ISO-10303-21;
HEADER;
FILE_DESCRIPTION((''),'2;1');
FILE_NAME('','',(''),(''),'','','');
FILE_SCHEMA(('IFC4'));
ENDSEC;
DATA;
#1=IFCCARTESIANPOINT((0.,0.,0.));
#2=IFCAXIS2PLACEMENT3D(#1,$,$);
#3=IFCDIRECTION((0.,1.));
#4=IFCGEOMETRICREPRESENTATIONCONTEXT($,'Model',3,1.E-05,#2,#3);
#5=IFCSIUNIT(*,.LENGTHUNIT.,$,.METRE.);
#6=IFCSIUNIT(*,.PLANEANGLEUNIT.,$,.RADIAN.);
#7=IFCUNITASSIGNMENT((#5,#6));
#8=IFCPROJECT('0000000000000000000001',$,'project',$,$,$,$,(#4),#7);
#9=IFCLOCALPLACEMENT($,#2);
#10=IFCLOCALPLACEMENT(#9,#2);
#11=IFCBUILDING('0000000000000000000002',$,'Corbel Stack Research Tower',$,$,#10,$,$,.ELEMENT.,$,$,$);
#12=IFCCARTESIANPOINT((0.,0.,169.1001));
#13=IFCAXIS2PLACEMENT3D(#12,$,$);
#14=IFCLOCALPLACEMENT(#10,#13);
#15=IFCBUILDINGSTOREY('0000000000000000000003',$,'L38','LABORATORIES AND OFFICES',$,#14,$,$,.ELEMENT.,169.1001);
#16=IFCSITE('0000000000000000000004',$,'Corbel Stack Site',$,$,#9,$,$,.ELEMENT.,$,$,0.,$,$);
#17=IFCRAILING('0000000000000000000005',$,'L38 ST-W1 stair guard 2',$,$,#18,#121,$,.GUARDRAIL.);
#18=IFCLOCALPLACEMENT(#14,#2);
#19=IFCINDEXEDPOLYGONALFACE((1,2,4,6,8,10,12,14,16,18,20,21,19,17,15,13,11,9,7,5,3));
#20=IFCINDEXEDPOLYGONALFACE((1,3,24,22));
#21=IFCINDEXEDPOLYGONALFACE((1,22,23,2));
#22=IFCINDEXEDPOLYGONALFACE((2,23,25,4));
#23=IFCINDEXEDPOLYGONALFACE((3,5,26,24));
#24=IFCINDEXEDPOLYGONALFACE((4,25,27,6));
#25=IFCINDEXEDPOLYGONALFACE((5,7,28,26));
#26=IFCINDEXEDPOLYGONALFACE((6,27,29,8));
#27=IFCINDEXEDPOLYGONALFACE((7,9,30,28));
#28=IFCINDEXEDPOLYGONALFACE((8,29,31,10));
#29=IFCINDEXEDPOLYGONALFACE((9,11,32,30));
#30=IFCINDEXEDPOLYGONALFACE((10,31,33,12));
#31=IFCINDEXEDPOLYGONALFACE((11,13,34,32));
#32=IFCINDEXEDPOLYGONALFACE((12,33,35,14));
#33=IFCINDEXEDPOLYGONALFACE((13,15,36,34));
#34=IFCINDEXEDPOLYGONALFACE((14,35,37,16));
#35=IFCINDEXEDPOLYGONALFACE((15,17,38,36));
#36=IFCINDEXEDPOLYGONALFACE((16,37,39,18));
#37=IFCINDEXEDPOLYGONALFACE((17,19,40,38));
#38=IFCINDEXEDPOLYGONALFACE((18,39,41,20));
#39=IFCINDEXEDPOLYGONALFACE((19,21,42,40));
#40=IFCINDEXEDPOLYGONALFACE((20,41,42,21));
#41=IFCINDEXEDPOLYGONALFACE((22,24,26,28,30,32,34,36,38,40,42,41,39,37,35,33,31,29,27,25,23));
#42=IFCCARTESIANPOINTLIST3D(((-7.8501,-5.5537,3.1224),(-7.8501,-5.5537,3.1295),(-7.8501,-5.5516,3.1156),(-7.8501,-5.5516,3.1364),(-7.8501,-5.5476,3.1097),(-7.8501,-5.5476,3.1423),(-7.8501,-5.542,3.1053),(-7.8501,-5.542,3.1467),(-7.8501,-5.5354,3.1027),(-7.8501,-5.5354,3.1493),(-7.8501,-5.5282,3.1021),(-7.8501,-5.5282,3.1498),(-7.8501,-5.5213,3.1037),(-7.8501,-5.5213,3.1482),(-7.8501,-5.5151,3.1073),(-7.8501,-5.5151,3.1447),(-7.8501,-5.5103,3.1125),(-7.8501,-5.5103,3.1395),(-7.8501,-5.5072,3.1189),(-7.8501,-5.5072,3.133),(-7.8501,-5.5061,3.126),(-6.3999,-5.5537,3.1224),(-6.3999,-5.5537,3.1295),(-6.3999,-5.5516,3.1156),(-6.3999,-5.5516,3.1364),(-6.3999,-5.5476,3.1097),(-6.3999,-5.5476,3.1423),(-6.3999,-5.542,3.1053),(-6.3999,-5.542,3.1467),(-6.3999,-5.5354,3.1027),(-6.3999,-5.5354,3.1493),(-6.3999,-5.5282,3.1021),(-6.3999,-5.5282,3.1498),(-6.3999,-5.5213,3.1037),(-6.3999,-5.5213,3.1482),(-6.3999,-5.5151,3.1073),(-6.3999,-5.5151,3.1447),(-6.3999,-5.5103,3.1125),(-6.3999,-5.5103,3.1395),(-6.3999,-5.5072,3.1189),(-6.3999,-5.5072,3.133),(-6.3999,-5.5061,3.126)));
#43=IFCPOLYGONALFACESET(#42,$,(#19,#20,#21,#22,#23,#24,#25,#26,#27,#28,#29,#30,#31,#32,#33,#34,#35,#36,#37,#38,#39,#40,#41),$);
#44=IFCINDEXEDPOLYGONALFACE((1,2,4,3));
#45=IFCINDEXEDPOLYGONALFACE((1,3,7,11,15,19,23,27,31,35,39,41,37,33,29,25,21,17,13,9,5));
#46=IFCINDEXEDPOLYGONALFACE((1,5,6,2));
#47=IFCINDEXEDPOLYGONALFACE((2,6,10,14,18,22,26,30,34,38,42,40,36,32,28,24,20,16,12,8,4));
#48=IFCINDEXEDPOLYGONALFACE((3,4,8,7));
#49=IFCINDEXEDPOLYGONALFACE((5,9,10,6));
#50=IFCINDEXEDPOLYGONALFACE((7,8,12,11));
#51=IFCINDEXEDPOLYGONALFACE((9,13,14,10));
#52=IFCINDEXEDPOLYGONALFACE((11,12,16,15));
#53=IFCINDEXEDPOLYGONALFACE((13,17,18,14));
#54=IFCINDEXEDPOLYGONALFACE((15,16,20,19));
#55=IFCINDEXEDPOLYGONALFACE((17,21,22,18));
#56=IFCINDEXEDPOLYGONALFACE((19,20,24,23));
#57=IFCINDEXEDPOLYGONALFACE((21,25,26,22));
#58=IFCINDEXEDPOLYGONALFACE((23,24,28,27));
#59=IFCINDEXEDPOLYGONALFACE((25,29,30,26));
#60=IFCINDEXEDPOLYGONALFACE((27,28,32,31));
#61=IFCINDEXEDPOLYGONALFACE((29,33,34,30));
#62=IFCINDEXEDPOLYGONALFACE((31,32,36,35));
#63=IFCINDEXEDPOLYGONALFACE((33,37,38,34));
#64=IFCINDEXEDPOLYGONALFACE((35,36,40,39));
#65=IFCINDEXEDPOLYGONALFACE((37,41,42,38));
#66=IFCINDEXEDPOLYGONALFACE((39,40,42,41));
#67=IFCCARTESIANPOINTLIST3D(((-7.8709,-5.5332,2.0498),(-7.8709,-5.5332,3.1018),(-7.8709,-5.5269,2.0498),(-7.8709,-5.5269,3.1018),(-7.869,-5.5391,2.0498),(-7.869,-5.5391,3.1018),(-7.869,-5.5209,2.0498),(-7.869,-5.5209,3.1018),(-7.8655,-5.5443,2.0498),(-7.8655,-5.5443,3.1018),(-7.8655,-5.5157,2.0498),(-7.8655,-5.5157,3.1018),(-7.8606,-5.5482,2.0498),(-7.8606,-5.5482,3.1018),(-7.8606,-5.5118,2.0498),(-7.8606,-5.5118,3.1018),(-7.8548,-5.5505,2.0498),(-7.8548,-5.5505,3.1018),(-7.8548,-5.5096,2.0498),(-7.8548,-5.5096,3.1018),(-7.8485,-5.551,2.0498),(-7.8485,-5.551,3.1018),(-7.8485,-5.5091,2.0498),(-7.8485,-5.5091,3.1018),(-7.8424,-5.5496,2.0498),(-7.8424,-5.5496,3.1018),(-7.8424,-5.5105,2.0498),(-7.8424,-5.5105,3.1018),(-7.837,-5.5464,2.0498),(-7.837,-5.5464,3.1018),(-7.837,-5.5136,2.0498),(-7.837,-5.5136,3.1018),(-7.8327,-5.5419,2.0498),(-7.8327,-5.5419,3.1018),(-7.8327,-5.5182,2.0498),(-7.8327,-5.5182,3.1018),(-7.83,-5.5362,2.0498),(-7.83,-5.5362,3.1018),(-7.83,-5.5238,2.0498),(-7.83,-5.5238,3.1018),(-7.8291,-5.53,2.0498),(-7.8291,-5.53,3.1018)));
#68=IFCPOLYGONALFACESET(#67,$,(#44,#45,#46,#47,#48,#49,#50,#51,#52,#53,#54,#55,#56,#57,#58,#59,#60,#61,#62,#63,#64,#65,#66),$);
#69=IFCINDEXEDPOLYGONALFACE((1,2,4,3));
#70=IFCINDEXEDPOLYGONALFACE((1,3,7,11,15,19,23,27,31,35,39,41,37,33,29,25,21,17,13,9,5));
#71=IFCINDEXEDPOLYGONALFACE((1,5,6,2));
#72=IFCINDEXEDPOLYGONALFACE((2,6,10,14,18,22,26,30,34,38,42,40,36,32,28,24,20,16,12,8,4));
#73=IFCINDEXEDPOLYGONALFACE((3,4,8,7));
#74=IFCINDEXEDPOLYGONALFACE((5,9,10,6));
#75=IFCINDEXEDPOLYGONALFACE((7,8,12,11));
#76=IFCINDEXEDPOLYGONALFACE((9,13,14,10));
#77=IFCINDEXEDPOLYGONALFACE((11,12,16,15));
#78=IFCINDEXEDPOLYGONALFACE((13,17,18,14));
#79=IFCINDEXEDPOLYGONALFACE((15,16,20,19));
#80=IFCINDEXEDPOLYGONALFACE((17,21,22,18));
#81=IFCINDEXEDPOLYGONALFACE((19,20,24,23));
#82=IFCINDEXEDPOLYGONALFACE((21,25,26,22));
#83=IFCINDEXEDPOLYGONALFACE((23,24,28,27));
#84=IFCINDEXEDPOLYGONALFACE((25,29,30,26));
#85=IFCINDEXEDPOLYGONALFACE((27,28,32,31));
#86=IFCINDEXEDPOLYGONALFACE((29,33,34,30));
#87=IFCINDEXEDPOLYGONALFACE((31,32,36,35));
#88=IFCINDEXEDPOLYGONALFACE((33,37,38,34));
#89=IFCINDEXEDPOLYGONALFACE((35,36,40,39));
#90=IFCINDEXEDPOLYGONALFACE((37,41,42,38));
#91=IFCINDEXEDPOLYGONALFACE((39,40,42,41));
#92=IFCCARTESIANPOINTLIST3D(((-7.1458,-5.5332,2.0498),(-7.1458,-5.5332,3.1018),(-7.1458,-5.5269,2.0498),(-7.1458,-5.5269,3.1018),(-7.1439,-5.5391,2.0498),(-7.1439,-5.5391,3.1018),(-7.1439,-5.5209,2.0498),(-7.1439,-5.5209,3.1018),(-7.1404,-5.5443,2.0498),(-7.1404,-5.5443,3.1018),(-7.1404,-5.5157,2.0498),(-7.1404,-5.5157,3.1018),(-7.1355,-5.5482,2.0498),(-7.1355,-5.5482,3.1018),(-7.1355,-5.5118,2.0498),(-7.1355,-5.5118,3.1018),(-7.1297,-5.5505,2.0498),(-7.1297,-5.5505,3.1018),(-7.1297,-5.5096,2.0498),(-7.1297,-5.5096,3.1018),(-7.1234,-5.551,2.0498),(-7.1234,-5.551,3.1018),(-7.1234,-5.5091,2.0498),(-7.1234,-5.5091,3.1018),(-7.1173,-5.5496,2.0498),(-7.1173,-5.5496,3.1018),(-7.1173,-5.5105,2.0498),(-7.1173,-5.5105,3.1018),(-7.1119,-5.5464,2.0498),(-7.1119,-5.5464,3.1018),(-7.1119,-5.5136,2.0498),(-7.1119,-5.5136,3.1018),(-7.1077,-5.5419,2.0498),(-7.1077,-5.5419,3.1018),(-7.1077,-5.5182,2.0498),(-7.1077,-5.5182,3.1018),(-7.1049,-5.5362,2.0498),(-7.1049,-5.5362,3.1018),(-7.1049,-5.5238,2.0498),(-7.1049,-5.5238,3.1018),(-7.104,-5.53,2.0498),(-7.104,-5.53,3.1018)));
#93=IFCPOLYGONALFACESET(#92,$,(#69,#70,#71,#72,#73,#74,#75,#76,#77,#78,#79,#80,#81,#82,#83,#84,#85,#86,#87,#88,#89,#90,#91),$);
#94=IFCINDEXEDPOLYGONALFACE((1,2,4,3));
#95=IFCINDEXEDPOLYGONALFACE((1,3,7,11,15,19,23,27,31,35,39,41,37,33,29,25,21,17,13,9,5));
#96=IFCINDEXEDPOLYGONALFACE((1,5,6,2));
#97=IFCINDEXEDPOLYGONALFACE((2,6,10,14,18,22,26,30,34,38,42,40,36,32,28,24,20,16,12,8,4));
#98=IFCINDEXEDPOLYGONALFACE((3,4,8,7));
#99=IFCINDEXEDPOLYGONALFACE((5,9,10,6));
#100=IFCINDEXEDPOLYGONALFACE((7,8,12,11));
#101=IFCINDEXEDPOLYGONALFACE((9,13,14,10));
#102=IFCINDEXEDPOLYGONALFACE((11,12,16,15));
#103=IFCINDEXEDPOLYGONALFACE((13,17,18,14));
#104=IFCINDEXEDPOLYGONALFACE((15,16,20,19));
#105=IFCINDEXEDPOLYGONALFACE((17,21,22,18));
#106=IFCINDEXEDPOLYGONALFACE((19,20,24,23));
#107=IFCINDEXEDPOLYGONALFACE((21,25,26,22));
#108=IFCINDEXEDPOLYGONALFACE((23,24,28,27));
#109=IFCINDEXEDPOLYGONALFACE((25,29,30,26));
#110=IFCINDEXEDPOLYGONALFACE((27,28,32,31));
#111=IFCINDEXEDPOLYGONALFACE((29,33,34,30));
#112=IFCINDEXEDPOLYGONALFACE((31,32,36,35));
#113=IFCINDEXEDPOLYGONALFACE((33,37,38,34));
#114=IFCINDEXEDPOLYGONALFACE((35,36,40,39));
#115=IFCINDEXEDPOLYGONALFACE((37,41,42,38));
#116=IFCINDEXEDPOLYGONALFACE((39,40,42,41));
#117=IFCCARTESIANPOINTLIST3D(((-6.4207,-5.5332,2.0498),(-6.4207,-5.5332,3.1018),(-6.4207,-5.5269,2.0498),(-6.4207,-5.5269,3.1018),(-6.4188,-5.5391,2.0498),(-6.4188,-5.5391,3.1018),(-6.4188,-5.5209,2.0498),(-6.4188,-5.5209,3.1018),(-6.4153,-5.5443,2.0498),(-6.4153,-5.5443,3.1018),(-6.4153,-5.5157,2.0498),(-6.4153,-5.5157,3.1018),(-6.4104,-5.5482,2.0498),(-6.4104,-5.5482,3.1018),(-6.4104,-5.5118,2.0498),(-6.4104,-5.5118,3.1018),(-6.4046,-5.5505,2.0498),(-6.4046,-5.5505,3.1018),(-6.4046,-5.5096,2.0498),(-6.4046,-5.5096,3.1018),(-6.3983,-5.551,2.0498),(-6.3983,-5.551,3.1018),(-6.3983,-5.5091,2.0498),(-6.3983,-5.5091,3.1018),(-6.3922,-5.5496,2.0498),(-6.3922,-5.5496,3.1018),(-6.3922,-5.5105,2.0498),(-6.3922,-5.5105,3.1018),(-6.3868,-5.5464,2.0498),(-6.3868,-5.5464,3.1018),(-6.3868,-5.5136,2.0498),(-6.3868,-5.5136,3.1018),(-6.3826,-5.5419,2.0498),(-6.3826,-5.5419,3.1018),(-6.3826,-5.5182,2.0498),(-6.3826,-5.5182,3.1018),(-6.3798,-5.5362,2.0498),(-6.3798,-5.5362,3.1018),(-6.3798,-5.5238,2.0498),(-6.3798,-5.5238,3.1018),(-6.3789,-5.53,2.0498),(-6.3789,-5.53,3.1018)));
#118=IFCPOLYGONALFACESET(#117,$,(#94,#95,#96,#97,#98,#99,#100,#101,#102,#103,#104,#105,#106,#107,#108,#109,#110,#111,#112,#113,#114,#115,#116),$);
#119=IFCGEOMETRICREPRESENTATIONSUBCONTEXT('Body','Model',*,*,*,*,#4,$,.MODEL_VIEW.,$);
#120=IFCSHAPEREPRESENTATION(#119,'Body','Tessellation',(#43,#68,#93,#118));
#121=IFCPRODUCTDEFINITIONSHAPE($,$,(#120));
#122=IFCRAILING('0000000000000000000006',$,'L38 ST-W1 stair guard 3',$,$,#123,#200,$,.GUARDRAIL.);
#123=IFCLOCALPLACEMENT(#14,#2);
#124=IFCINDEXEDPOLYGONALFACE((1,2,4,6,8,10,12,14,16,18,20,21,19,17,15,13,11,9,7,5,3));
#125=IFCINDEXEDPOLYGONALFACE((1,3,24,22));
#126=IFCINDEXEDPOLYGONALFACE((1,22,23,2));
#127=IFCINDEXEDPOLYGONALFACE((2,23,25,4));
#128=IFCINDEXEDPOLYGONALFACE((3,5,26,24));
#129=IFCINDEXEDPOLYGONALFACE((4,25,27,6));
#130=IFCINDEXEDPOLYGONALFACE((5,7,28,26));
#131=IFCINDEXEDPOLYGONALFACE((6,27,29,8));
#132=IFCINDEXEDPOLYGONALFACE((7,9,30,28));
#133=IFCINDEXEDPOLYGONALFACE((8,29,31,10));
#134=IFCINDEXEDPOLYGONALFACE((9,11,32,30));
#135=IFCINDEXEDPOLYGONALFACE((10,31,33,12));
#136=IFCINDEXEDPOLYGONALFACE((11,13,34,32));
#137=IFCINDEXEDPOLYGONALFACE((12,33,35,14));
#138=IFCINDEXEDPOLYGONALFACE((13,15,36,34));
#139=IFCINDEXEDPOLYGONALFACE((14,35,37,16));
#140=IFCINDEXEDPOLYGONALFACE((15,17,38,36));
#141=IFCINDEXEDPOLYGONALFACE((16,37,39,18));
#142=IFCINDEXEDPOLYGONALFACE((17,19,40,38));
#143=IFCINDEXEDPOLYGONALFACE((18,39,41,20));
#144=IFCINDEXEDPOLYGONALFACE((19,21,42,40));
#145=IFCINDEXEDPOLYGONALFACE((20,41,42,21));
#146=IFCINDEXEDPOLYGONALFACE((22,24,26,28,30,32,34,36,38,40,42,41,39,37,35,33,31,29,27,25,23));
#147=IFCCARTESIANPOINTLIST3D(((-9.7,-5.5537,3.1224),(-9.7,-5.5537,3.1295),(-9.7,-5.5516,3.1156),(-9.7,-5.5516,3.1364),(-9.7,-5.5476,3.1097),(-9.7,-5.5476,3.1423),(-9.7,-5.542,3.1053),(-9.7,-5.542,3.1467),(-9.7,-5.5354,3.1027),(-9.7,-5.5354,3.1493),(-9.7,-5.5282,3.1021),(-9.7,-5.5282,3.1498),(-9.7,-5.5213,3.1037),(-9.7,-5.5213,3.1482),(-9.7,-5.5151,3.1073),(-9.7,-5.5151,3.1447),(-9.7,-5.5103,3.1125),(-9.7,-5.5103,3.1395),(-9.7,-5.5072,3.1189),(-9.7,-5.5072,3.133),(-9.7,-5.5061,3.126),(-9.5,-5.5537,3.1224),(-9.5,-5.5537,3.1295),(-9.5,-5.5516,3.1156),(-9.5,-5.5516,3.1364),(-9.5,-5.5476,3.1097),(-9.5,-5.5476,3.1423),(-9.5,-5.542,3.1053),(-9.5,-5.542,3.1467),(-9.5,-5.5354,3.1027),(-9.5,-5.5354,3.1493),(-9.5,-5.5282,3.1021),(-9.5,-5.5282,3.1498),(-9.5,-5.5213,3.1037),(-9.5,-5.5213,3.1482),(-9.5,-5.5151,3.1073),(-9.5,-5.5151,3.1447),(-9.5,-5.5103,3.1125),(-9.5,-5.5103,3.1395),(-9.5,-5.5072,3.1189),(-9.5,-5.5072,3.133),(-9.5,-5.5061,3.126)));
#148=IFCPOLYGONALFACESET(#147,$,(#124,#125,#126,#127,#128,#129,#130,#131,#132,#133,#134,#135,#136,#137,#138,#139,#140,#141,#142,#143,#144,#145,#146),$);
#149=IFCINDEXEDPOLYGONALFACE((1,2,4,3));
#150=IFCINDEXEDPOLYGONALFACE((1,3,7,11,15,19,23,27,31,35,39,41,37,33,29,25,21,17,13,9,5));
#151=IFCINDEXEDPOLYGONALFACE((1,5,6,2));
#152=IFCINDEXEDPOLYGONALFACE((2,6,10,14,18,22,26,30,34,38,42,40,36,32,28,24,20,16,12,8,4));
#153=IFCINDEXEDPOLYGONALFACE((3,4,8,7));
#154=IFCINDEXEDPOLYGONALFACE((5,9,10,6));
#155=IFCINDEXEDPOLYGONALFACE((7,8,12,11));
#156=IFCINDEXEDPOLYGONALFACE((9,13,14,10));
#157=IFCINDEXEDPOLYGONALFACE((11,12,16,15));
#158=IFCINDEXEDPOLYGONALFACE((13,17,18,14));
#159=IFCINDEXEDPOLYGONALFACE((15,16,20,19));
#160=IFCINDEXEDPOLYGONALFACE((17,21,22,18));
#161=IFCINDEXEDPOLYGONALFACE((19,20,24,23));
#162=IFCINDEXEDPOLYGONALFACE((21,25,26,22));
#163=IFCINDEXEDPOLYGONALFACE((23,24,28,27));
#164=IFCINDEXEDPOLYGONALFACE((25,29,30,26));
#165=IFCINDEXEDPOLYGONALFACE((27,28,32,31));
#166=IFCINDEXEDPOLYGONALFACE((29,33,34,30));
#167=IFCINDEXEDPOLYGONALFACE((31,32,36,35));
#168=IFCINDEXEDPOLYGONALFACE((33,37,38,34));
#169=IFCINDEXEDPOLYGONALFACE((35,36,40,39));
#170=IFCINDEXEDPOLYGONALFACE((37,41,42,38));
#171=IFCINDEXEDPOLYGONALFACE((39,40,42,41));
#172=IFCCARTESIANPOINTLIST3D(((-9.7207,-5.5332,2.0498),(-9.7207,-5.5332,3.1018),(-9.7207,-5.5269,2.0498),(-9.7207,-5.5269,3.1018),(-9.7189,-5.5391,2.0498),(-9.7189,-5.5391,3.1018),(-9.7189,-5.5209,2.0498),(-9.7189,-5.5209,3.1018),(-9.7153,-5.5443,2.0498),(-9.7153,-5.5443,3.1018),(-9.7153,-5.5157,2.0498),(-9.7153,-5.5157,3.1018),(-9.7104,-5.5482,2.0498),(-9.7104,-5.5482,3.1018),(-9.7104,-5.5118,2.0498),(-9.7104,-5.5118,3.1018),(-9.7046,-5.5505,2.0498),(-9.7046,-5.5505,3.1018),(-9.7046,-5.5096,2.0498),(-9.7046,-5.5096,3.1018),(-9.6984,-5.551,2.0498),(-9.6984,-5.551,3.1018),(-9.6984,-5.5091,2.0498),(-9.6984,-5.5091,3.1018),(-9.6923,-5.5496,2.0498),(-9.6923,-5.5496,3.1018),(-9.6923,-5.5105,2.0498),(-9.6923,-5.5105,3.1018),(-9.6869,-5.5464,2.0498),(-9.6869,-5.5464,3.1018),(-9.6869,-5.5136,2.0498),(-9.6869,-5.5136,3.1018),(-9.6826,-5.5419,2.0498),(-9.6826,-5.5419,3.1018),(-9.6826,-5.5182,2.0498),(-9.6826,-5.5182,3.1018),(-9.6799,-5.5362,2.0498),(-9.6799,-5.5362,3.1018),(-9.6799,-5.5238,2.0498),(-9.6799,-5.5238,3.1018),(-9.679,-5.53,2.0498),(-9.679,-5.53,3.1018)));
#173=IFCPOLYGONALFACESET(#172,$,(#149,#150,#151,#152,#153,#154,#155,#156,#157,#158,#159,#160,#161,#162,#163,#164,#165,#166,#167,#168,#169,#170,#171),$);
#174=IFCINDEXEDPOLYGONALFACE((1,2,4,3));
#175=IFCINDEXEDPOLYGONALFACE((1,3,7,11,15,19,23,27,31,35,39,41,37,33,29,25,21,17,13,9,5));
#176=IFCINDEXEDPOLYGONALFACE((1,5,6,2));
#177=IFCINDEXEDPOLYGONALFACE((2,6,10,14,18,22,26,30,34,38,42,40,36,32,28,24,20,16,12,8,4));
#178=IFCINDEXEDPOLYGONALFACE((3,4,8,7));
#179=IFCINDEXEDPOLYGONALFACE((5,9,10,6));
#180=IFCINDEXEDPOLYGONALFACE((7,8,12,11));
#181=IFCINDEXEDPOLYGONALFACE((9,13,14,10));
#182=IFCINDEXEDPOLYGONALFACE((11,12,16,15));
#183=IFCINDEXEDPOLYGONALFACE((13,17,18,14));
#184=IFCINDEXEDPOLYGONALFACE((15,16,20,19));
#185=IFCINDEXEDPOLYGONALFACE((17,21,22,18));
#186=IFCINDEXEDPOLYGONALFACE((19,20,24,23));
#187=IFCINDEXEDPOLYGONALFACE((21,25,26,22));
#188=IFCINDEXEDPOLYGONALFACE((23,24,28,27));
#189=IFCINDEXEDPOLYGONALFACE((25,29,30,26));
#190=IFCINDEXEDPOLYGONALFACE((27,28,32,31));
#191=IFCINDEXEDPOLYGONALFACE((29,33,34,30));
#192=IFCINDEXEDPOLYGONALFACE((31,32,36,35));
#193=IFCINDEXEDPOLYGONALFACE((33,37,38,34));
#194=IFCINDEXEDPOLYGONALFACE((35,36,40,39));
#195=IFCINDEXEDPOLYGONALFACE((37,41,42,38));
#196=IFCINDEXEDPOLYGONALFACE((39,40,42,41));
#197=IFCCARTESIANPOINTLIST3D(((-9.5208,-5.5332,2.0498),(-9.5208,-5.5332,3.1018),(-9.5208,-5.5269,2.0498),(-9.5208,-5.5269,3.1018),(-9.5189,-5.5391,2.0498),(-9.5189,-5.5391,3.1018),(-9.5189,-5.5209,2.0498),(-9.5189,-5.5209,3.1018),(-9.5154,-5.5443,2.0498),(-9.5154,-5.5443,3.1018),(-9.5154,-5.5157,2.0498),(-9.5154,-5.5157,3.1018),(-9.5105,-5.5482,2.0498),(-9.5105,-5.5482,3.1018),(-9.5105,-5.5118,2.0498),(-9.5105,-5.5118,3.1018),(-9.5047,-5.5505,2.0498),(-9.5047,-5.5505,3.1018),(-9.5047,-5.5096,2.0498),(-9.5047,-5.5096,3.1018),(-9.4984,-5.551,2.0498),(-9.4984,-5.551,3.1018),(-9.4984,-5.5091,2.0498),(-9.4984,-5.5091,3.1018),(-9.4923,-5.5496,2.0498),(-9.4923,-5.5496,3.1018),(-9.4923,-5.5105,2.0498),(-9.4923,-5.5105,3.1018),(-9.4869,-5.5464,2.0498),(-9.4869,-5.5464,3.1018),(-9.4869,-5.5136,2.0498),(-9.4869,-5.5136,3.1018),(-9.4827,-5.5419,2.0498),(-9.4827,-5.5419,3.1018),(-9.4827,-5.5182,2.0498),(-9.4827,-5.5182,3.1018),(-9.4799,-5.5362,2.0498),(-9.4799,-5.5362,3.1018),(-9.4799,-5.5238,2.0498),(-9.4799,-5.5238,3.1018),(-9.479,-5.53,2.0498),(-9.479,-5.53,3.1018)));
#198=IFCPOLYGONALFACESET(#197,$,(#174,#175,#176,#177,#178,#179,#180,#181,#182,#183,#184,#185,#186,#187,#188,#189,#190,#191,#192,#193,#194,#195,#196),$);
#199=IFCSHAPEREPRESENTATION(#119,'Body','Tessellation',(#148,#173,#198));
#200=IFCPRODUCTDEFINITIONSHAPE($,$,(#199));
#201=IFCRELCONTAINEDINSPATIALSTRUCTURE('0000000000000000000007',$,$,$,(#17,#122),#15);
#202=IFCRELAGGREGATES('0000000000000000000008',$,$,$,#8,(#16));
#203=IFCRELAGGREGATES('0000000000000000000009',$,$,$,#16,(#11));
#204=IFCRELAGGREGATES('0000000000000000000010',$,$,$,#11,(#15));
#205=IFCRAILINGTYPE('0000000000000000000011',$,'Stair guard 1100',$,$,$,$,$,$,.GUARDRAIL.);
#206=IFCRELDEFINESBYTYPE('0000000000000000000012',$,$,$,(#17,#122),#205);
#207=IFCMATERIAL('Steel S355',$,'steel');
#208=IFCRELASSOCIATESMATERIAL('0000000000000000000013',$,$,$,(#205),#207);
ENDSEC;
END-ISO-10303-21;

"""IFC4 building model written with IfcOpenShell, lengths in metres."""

from ifc_helpers import new_model, si_unit, direction, frame, origin, origin_2d, place, context, subcontext, project, spatial, circle, extrude, material, type_object, element, save


model = new_model("IFC4")

# Units and contexts
model_context = context("Model", 3, precision=1e-05, world=origin(), true_north=direction((0.0, 1.0)))
body_context = subcontext(model_context, "Body", "Model", "MODEL_VIEW")
ifc_project = project(units=[si_unit("LENGTHUNIT", "METRE"), si_unit("PLANEANGLEUNIT", "RADIAN")], contexts=[model_context])

# Site, building, storey
site_placement = place(None, origin())
site = spatial("IfcSite", under=ifc_project, at=site_placement, Name="Corbel Stack Site", CompositionType="ELEMENT", RefElevation=0.0)
building_placement = place(site_placement, origin())
building = spatial("IfcBuilding", under=site, at=building_placement, Name="Corbel Stack Research Tower", CompositionType="ELEMENT")
storey_placement = place(building_placement, frame((0.0, 0.0, 169.1001)))
storey = spatial("IfcBuildingStorey", under=building, at=storey_placement, Name="L38", Description="LABORATORIES AND OFFICES", CompositionType="ELEMENT", Elevation=169.1001)

# Railings
ifc_material_1 = material(Name="Steel S355", Category="steel")
railing_type_1 = type_object("IfcRailingType", Name="Stair guard 1100", PredefinedType="GUARDRAIL", material=ifc_material_1)
railing_1_placement = place(storey_placement, frame((-7.8501, -5.53, 2.0498)))
element("IfcRailing", 1, at=railing_1_placement, inside=storey, type_object=railing_type_1, Name="L38 ST-W1 stair guard 2", PredefinedType="GUARDRAIL", context=body_context, shape_type="SweptSolid", body=[
    extrude(circle(Radius=0.0239, at=origin_2d()), frame((0.0, 0.0, 1.0762), z_axis=(1.0, 0.0, 0.0), x_axis=(0.0, 1.0, 0.0)), (0.0, 0.0, 1.0), 1.4502),
    extrude(circle(Radius=0.021, at=origin_2d()), origin(), (0.0, 0.0, 1.0), 1.052),
    extrude(circle(Radius=0.021, at=origin_2d()), frame((0.7251, 0.0, 0.0)), (0.0, 0.0, 1.0), 1.052),
    extrude(circle(Radius=0.021, at=origin_2d()), frame((1.4502, 0.0, 0.0)), (0.0, 0.0, 1.0), 1.052),
])
for number, where, name in (
    (2, (-9.7, -5.53, 2.0498), "L38 ST-W1 stair guard 3"),
):
    element("IfcRailing", number, at=place(storey_placement, frame(where)), inside=storey, type_object=railing_type_1, Name=name, PredefinedType="GUARDRAIL", context=body_context, shape_type="SweptSolid", body=[
        extrude(circle(Radius=0.0239, at=origin_2d()), frame((0.0, 0.0, 1.0762), z_axis=(1.0, 0.0, 0.0), x_axis=(0.0, 1.0, 0.0)), (0.0, 0.0, 1.0), 0.2),
        extrude(circle(Radius=0.021, at=origin_2d()), origin(), (0.0, 0.0, 1.0), 1.052),
        extrude(circle(Radius=0.021, at=origin_2d()), frame((0.2, 0.0, 0.0)), (0.0, 0.0, 1.0), 1.052),
    ])

save(model, "model.ifc")
